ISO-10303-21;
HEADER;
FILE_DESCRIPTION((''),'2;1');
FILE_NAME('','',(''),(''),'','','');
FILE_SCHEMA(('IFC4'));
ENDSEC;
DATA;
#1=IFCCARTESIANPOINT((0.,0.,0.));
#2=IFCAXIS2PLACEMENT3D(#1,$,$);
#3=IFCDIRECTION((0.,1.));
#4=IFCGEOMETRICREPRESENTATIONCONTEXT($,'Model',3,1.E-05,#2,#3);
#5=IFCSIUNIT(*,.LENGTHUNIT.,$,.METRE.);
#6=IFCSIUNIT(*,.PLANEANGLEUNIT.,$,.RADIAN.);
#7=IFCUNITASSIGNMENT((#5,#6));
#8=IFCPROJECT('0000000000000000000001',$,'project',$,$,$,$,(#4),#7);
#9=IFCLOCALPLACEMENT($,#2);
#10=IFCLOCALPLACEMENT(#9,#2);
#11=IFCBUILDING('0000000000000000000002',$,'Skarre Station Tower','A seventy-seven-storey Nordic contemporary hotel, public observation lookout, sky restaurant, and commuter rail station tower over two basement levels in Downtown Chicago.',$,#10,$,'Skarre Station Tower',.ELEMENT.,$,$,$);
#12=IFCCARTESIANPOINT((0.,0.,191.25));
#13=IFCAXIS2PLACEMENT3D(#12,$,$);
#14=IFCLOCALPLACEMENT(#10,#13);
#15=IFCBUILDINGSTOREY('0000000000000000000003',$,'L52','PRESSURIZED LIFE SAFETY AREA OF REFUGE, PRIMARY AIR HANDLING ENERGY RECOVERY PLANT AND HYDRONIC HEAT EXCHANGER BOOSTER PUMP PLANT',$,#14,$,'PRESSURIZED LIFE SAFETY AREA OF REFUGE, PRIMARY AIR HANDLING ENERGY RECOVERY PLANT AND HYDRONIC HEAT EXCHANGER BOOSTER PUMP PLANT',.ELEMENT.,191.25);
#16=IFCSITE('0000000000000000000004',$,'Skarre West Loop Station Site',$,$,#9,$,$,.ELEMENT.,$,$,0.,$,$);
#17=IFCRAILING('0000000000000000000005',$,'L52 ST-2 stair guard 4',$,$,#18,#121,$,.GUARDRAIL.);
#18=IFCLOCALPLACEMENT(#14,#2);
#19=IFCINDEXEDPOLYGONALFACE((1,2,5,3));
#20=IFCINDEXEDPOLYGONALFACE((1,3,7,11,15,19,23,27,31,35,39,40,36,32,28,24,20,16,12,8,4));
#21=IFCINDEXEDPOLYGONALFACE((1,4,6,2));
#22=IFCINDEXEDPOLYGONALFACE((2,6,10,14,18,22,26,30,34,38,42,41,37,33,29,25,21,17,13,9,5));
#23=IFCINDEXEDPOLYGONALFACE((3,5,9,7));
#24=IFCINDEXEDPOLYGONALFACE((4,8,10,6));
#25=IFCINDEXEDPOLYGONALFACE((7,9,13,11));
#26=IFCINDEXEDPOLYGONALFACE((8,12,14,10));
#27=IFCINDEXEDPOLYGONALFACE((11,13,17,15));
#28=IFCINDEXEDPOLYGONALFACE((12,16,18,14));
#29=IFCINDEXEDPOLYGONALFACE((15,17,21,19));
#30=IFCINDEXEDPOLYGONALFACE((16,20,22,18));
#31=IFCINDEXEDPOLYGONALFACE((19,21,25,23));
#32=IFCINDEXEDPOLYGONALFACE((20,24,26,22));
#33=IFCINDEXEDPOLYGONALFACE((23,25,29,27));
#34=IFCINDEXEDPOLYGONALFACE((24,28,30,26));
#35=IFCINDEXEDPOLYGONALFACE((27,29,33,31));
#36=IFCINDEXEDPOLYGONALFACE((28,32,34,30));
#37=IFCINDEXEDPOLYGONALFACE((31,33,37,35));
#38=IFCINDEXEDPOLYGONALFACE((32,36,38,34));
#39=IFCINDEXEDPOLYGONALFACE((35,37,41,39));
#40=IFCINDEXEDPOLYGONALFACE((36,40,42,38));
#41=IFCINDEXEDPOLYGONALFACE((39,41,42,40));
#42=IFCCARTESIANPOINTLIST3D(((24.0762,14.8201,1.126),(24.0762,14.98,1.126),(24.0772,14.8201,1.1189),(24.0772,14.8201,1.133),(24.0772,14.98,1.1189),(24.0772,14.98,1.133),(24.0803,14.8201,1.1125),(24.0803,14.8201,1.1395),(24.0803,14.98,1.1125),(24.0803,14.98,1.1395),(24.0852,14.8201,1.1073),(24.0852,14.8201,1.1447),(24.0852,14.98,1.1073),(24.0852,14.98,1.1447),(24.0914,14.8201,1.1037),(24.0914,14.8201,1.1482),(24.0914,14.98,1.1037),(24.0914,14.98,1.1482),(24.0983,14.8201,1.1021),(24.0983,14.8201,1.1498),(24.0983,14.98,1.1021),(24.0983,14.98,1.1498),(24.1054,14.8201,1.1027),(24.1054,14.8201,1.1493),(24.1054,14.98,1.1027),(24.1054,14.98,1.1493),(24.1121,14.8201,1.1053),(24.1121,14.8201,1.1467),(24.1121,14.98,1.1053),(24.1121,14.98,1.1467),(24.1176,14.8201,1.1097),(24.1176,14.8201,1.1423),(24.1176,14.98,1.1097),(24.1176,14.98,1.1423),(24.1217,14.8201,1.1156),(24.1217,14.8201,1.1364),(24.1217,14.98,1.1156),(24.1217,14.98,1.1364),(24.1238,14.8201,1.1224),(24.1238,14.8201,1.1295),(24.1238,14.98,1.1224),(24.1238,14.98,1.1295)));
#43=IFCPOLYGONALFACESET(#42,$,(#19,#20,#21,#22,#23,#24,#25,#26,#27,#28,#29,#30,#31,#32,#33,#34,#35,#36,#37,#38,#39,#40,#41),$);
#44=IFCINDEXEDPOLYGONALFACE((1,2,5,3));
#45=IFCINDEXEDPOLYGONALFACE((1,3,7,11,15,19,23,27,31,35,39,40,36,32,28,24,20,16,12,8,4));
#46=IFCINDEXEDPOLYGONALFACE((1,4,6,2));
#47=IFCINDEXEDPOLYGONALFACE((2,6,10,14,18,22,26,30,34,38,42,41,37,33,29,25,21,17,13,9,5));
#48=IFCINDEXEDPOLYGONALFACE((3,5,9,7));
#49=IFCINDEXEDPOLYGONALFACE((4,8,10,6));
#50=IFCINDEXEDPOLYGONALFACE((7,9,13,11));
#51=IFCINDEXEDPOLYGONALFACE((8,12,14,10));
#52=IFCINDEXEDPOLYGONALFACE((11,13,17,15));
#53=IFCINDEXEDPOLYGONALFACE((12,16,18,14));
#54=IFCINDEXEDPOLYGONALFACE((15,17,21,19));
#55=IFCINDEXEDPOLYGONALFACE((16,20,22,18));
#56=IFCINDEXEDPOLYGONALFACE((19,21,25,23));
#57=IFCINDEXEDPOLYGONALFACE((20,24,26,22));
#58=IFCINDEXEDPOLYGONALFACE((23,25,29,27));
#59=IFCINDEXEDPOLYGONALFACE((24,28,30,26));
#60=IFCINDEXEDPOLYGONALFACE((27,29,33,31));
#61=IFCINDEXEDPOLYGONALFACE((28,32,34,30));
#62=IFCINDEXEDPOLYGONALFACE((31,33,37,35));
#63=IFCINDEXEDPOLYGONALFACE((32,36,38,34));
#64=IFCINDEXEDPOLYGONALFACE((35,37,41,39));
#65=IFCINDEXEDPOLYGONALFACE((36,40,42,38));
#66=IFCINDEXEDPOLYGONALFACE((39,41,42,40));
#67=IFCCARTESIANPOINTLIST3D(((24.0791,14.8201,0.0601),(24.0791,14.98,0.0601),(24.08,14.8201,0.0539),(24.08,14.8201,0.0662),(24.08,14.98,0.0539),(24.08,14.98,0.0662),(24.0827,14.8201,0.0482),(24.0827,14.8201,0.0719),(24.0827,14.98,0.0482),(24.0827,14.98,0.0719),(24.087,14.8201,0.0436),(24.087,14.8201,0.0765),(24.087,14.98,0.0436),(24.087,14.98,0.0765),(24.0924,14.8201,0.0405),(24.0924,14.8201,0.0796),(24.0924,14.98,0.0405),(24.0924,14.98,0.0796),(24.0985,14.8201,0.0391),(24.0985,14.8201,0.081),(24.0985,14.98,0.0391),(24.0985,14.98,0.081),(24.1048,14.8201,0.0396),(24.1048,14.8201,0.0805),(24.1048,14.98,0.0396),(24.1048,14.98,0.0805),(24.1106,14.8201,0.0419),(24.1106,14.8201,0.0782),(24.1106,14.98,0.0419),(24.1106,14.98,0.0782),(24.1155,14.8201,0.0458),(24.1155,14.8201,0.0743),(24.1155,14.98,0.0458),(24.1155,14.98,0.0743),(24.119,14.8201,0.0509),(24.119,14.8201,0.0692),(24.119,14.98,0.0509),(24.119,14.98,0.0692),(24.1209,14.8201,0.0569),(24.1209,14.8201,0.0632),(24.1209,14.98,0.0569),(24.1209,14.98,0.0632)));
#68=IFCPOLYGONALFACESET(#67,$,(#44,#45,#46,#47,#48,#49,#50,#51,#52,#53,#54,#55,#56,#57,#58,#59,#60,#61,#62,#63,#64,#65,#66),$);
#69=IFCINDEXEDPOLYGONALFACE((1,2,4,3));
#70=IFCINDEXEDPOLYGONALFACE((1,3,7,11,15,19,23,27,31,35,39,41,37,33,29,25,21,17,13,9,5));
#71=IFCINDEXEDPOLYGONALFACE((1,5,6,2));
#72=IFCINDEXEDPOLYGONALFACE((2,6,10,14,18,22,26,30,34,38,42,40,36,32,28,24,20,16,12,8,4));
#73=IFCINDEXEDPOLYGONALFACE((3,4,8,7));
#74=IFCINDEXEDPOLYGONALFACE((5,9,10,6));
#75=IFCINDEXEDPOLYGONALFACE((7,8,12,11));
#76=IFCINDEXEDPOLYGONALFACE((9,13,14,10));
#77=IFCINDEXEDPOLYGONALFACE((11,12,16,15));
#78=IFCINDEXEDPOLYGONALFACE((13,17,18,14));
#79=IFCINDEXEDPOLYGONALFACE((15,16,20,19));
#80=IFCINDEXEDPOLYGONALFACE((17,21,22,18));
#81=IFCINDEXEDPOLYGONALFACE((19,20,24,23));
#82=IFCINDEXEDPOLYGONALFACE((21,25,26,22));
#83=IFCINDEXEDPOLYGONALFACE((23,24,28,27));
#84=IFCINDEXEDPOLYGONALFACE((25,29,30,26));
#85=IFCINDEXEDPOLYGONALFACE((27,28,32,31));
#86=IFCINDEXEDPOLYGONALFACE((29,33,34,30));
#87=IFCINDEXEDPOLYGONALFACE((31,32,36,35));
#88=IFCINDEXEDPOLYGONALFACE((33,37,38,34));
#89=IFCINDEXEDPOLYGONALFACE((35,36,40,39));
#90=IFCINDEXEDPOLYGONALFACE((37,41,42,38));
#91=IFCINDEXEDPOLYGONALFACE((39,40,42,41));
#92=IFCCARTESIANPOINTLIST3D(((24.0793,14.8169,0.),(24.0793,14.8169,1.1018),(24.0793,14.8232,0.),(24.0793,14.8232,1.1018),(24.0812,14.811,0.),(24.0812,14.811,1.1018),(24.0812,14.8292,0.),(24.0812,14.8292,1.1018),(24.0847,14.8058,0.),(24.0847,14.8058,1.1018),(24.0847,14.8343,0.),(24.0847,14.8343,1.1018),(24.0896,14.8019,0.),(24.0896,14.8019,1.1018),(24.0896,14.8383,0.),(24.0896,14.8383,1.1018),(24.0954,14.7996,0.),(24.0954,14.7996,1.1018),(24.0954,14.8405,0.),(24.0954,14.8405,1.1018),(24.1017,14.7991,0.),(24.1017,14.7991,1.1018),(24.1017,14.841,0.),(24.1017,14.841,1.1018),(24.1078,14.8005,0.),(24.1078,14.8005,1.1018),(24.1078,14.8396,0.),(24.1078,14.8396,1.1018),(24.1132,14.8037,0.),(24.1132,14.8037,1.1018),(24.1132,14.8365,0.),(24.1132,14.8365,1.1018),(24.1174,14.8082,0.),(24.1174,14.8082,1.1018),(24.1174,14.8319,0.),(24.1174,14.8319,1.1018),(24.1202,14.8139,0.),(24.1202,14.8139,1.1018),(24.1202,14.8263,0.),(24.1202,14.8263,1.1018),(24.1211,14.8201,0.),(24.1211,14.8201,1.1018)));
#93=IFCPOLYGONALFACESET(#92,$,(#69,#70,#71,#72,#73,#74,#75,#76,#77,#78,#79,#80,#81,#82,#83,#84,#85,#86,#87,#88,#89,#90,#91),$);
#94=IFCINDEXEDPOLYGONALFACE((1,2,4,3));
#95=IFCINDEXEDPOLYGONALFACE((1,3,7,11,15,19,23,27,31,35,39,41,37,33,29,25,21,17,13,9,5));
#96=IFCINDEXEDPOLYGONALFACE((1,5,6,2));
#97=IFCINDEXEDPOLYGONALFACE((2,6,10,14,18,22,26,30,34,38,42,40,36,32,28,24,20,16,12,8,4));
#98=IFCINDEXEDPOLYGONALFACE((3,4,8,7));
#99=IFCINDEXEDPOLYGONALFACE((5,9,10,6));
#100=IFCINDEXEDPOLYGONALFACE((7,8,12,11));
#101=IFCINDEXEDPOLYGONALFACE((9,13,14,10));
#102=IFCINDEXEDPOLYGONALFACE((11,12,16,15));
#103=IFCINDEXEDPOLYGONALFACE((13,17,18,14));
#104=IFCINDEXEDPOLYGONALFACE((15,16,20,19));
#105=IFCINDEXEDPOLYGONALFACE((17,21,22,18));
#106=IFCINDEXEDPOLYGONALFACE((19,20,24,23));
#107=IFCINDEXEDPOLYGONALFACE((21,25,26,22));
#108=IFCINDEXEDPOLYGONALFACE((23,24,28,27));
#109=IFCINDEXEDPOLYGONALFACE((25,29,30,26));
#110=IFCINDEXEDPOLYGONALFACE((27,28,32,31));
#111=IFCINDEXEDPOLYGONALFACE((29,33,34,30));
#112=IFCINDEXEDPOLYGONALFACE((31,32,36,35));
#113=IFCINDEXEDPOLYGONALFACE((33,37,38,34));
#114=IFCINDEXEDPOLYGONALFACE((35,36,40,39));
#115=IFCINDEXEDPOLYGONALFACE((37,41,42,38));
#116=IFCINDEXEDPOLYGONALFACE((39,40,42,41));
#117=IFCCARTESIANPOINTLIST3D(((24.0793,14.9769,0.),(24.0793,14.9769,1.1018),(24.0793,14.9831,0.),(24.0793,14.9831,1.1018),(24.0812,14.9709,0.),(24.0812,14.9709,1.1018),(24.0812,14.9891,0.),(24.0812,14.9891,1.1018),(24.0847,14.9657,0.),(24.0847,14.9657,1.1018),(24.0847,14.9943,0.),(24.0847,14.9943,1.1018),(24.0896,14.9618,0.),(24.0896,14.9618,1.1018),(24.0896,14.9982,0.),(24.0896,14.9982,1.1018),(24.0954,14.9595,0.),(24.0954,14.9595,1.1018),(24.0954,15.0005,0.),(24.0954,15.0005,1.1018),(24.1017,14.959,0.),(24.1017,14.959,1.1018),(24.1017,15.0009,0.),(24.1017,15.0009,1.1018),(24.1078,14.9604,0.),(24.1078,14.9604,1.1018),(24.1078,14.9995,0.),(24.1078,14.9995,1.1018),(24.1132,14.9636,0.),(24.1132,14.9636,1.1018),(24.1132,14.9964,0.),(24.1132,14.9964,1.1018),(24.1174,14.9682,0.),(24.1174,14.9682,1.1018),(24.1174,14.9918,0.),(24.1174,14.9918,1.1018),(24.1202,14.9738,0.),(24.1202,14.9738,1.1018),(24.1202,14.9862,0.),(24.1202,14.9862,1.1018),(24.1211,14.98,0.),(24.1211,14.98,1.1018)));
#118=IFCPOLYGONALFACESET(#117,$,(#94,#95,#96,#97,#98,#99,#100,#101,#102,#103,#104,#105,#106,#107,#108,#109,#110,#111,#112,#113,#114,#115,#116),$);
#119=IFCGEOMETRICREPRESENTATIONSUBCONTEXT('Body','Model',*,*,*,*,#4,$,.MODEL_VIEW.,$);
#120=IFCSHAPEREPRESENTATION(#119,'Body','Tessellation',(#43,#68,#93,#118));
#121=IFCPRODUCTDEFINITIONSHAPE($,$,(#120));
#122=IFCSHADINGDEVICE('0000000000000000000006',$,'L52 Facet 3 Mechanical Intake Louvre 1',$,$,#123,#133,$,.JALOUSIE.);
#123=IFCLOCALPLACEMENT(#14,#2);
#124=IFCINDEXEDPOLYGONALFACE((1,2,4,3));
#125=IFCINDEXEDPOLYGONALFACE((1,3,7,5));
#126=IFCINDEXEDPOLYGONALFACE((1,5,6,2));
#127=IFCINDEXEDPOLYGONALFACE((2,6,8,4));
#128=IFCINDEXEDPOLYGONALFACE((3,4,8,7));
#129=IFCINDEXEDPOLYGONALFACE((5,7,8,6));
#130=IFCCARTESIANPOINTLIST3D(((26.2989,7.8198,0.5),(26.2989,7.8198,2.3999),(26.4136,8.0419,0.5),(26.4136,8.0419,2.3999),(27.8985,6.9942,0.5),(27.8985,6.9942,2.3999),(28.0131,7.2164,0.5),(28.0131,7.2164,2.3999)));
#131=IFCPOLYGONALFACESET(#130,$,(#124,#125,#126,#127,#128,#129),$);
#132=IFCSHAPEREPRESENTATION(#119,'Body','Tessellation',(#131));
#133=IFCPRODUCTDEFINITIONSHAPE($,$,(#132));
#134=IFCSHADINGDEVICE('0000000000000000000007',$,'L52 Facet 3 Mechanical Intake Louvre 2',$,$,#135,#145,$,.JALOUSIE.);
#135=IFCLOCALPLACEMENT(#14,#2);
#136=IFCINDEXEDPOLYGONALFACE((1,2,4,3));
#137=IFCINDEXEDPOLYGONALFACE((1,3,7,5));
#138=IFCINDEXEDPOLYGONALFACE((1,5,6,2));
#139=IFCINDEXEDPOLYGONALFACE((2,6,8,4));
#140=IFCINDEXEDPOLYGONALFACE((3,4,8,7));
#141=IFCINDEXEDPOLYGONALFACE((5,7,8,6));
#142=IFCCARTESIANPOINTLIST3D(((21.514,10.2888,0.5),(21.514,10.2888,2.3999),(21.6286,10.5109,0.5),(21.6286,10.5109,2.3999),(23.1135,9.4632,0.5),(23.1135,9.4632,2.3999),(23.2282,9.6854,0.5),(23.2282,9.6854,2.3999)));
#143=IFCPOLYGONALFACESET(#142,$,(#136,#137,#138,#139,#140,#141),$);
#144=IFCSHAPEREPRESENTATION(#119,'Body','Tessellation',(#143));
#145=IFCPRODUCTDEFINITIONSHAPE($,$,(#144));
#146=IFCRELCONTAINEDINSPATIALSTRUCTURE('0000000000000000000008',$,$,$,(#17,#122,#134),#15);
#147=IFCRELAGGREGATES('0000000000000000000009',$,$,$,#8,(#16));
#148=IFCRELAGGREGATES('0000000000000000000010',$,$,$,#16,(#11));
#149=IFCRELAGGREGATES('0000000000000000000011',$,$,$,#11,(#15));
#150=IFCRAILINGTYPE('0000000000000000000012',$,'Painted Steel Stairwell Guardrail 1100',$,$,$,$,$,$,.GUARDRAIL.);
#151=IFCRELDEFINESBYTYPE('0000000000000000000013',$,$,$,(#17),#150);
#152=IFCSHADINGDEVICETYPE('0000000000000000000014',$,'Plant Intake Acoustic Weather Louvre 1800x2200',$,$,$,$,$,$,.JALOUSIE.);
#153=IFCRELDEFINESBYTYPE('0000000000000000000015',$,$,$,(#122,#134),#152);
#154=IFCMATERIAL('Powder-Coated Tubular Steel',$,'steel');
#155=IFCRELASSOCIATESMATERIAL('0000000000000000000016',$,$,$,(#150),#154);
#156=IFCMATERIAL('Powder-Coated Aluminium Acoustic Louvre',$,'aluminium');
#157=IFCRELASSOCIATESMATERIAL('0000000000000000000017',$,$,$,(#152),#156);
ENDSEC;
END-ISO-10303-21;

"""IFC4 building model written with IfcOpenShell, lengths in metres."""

from ifc_helpers import new_model, si_unit, direction, frame, origin, origin_2d, place, context, subcontext, project, spatial, rectangle, circle, extrude, material, type_object, element, save


model = new_model("IFC4")

# Units and contexts
model_context = context("Model", 3, precision=1e-05, world=origin(), true_north=direction((0.0, 1.0)))
body_context = subcontext(model_context, "Body", "Model", "MODEL_VIEW")
ifc_project = project(units=[si_unit("LENGTHUNIT", "METRE"), si_unit("PLANEANGLEUNIT", "RADIAN")], contexts=[model_context])

# Site, building, storey
site_placement = place(None, origin())
site = spatial("IfcSite", under=ifc_project, at=site_placement, Name="Skarre West Loop Station Site", CompositionType="ELEMENT", RefElevation=0.0)
building_placement = place(site_placement, origin())
building = spatial("IfcBuilding", under=site, at=building_placement, Name="Skarre Station Tower", Description="A seventy-seven-storey Nordic contemporary hotel, public observation lookout, sky restaurant, and commuter rail station tower over two basement levels in Downtown Chicago.", LongName="Skarre Station Tower", CompositionType="ELEMENT")
storey_placement = place(building_placement, frame((0.0, 0.0, 191.25)))
storey = spatial("IfcBuildingStorey", under=building, at=storey_placement, Name="L52", Description="PRESSURIZED LIFE SAFETY AREA OF REFUGE, PRIMARY AIR HANDLING ENERGY RECOVERY PLANT AND HYDRONIC HEAT EXCHANGER BOOSTER PUMP PLANT", LongName="PRESSURIZED LIFE SAFETY AREA OF REFUGE, PRIMARY AIR HANDLING ENERGY RECOVERY PLANT AND HYDRONIC HEAT EXCHANGER BOOSTER PUMP PLANT", CompositionType="ELEMENT", Elevation=191.25)

# Railing
ifc_material_1 = material(Name="Powder-Coated Tubular Steel", Category="steel")
railing_type_1 = type_object("IfcRailingType", Name="Painted Steel Stairwell Guardrail 1100", PredefinedType="GUARDRAIL", material=ifc_material_1)
railing_1_placement = place(storey_placement, frame((24.1001, 14.8201, 0.0)))
element("IfcRailing", 1, at=railing_1_placement, inside=storey, type_object=railing_type_1, Name="L52 ST-2 stair guard 4", PredefinedType="GUARDRAIL", context=body_context, shape_type="SweptSolid", body=[
    extrude(circle(Radius=0.0239, at=origin_2d()), frame((0.0, 0.0, 1.126), z_axis=(0.0, 1.0, 0.0), x_axis=(-1.0, 0.0, 0.0)), (0.0, 0.0, 1.0), 0.1599),
    extrude(circle(Radius=0.021, at=origin_2d()), frame((0.0, 0.0, 0.0601), z_axis=(0.0, 1.0, 0.0), x_axis=(-1.0, 0.0, 0.0)), (0.0, 0.0, 1.0), 0.1599),
    extrude(circle(Radius=0.021, at=origin_2d()), origin(), (0.0, 0.0, 1.0), 1.1018),
    extrude(circle(Radius=0.021, at=origin_2d()), frame((0.0, 0.1599, 0.0)), (0.0, 0.0, 1.0), 1.1018),
])

# Shading devices
ifc_material_2 = material(Name="Powder-Coated Aluminium Acoustic Louvre", Category="aluminium")
shading_device_type = type_object("IfcShadingDeviceType", Name="Plant Intake Acoustic Weather Louvre 1800x2200", PredefinedType="JALOUSIE", material=ifc_material_2)
for number, where, z_axis, x_axis, name in (
    (2, (27.156, 7.5181, 0.5), (0.0, 0.0, 1.0), (-0.458634, -0.888625, 0.0), "L52 Facet 3 Mechanical Intake Louvre 1"),
    (3, (22.3711, 9.9871, 0.5), (0.0, 0.0, 1.0), (-0.458634, -0.888625, 0.0), "L52 Facet 3 Mechanical Intake Louvre 2"),
):
    element("IfcShadingDevice", number, at=place(storey_placement, frame(where, z_axis=z_axis, x_axis=x_axis)), inside=storey, type_object=shading_device_type, Name=name, PredefinedType="JALOUSIE", context=body_context, shape_type="SweptSolid", body=[
        extrude(rectangle(XDim=0.25, YDim=1.8, at=origin_2d()), origin(), (0.0, 0.0, 1.0), 1.8999),
    ])

save(model, "model.ifc")
